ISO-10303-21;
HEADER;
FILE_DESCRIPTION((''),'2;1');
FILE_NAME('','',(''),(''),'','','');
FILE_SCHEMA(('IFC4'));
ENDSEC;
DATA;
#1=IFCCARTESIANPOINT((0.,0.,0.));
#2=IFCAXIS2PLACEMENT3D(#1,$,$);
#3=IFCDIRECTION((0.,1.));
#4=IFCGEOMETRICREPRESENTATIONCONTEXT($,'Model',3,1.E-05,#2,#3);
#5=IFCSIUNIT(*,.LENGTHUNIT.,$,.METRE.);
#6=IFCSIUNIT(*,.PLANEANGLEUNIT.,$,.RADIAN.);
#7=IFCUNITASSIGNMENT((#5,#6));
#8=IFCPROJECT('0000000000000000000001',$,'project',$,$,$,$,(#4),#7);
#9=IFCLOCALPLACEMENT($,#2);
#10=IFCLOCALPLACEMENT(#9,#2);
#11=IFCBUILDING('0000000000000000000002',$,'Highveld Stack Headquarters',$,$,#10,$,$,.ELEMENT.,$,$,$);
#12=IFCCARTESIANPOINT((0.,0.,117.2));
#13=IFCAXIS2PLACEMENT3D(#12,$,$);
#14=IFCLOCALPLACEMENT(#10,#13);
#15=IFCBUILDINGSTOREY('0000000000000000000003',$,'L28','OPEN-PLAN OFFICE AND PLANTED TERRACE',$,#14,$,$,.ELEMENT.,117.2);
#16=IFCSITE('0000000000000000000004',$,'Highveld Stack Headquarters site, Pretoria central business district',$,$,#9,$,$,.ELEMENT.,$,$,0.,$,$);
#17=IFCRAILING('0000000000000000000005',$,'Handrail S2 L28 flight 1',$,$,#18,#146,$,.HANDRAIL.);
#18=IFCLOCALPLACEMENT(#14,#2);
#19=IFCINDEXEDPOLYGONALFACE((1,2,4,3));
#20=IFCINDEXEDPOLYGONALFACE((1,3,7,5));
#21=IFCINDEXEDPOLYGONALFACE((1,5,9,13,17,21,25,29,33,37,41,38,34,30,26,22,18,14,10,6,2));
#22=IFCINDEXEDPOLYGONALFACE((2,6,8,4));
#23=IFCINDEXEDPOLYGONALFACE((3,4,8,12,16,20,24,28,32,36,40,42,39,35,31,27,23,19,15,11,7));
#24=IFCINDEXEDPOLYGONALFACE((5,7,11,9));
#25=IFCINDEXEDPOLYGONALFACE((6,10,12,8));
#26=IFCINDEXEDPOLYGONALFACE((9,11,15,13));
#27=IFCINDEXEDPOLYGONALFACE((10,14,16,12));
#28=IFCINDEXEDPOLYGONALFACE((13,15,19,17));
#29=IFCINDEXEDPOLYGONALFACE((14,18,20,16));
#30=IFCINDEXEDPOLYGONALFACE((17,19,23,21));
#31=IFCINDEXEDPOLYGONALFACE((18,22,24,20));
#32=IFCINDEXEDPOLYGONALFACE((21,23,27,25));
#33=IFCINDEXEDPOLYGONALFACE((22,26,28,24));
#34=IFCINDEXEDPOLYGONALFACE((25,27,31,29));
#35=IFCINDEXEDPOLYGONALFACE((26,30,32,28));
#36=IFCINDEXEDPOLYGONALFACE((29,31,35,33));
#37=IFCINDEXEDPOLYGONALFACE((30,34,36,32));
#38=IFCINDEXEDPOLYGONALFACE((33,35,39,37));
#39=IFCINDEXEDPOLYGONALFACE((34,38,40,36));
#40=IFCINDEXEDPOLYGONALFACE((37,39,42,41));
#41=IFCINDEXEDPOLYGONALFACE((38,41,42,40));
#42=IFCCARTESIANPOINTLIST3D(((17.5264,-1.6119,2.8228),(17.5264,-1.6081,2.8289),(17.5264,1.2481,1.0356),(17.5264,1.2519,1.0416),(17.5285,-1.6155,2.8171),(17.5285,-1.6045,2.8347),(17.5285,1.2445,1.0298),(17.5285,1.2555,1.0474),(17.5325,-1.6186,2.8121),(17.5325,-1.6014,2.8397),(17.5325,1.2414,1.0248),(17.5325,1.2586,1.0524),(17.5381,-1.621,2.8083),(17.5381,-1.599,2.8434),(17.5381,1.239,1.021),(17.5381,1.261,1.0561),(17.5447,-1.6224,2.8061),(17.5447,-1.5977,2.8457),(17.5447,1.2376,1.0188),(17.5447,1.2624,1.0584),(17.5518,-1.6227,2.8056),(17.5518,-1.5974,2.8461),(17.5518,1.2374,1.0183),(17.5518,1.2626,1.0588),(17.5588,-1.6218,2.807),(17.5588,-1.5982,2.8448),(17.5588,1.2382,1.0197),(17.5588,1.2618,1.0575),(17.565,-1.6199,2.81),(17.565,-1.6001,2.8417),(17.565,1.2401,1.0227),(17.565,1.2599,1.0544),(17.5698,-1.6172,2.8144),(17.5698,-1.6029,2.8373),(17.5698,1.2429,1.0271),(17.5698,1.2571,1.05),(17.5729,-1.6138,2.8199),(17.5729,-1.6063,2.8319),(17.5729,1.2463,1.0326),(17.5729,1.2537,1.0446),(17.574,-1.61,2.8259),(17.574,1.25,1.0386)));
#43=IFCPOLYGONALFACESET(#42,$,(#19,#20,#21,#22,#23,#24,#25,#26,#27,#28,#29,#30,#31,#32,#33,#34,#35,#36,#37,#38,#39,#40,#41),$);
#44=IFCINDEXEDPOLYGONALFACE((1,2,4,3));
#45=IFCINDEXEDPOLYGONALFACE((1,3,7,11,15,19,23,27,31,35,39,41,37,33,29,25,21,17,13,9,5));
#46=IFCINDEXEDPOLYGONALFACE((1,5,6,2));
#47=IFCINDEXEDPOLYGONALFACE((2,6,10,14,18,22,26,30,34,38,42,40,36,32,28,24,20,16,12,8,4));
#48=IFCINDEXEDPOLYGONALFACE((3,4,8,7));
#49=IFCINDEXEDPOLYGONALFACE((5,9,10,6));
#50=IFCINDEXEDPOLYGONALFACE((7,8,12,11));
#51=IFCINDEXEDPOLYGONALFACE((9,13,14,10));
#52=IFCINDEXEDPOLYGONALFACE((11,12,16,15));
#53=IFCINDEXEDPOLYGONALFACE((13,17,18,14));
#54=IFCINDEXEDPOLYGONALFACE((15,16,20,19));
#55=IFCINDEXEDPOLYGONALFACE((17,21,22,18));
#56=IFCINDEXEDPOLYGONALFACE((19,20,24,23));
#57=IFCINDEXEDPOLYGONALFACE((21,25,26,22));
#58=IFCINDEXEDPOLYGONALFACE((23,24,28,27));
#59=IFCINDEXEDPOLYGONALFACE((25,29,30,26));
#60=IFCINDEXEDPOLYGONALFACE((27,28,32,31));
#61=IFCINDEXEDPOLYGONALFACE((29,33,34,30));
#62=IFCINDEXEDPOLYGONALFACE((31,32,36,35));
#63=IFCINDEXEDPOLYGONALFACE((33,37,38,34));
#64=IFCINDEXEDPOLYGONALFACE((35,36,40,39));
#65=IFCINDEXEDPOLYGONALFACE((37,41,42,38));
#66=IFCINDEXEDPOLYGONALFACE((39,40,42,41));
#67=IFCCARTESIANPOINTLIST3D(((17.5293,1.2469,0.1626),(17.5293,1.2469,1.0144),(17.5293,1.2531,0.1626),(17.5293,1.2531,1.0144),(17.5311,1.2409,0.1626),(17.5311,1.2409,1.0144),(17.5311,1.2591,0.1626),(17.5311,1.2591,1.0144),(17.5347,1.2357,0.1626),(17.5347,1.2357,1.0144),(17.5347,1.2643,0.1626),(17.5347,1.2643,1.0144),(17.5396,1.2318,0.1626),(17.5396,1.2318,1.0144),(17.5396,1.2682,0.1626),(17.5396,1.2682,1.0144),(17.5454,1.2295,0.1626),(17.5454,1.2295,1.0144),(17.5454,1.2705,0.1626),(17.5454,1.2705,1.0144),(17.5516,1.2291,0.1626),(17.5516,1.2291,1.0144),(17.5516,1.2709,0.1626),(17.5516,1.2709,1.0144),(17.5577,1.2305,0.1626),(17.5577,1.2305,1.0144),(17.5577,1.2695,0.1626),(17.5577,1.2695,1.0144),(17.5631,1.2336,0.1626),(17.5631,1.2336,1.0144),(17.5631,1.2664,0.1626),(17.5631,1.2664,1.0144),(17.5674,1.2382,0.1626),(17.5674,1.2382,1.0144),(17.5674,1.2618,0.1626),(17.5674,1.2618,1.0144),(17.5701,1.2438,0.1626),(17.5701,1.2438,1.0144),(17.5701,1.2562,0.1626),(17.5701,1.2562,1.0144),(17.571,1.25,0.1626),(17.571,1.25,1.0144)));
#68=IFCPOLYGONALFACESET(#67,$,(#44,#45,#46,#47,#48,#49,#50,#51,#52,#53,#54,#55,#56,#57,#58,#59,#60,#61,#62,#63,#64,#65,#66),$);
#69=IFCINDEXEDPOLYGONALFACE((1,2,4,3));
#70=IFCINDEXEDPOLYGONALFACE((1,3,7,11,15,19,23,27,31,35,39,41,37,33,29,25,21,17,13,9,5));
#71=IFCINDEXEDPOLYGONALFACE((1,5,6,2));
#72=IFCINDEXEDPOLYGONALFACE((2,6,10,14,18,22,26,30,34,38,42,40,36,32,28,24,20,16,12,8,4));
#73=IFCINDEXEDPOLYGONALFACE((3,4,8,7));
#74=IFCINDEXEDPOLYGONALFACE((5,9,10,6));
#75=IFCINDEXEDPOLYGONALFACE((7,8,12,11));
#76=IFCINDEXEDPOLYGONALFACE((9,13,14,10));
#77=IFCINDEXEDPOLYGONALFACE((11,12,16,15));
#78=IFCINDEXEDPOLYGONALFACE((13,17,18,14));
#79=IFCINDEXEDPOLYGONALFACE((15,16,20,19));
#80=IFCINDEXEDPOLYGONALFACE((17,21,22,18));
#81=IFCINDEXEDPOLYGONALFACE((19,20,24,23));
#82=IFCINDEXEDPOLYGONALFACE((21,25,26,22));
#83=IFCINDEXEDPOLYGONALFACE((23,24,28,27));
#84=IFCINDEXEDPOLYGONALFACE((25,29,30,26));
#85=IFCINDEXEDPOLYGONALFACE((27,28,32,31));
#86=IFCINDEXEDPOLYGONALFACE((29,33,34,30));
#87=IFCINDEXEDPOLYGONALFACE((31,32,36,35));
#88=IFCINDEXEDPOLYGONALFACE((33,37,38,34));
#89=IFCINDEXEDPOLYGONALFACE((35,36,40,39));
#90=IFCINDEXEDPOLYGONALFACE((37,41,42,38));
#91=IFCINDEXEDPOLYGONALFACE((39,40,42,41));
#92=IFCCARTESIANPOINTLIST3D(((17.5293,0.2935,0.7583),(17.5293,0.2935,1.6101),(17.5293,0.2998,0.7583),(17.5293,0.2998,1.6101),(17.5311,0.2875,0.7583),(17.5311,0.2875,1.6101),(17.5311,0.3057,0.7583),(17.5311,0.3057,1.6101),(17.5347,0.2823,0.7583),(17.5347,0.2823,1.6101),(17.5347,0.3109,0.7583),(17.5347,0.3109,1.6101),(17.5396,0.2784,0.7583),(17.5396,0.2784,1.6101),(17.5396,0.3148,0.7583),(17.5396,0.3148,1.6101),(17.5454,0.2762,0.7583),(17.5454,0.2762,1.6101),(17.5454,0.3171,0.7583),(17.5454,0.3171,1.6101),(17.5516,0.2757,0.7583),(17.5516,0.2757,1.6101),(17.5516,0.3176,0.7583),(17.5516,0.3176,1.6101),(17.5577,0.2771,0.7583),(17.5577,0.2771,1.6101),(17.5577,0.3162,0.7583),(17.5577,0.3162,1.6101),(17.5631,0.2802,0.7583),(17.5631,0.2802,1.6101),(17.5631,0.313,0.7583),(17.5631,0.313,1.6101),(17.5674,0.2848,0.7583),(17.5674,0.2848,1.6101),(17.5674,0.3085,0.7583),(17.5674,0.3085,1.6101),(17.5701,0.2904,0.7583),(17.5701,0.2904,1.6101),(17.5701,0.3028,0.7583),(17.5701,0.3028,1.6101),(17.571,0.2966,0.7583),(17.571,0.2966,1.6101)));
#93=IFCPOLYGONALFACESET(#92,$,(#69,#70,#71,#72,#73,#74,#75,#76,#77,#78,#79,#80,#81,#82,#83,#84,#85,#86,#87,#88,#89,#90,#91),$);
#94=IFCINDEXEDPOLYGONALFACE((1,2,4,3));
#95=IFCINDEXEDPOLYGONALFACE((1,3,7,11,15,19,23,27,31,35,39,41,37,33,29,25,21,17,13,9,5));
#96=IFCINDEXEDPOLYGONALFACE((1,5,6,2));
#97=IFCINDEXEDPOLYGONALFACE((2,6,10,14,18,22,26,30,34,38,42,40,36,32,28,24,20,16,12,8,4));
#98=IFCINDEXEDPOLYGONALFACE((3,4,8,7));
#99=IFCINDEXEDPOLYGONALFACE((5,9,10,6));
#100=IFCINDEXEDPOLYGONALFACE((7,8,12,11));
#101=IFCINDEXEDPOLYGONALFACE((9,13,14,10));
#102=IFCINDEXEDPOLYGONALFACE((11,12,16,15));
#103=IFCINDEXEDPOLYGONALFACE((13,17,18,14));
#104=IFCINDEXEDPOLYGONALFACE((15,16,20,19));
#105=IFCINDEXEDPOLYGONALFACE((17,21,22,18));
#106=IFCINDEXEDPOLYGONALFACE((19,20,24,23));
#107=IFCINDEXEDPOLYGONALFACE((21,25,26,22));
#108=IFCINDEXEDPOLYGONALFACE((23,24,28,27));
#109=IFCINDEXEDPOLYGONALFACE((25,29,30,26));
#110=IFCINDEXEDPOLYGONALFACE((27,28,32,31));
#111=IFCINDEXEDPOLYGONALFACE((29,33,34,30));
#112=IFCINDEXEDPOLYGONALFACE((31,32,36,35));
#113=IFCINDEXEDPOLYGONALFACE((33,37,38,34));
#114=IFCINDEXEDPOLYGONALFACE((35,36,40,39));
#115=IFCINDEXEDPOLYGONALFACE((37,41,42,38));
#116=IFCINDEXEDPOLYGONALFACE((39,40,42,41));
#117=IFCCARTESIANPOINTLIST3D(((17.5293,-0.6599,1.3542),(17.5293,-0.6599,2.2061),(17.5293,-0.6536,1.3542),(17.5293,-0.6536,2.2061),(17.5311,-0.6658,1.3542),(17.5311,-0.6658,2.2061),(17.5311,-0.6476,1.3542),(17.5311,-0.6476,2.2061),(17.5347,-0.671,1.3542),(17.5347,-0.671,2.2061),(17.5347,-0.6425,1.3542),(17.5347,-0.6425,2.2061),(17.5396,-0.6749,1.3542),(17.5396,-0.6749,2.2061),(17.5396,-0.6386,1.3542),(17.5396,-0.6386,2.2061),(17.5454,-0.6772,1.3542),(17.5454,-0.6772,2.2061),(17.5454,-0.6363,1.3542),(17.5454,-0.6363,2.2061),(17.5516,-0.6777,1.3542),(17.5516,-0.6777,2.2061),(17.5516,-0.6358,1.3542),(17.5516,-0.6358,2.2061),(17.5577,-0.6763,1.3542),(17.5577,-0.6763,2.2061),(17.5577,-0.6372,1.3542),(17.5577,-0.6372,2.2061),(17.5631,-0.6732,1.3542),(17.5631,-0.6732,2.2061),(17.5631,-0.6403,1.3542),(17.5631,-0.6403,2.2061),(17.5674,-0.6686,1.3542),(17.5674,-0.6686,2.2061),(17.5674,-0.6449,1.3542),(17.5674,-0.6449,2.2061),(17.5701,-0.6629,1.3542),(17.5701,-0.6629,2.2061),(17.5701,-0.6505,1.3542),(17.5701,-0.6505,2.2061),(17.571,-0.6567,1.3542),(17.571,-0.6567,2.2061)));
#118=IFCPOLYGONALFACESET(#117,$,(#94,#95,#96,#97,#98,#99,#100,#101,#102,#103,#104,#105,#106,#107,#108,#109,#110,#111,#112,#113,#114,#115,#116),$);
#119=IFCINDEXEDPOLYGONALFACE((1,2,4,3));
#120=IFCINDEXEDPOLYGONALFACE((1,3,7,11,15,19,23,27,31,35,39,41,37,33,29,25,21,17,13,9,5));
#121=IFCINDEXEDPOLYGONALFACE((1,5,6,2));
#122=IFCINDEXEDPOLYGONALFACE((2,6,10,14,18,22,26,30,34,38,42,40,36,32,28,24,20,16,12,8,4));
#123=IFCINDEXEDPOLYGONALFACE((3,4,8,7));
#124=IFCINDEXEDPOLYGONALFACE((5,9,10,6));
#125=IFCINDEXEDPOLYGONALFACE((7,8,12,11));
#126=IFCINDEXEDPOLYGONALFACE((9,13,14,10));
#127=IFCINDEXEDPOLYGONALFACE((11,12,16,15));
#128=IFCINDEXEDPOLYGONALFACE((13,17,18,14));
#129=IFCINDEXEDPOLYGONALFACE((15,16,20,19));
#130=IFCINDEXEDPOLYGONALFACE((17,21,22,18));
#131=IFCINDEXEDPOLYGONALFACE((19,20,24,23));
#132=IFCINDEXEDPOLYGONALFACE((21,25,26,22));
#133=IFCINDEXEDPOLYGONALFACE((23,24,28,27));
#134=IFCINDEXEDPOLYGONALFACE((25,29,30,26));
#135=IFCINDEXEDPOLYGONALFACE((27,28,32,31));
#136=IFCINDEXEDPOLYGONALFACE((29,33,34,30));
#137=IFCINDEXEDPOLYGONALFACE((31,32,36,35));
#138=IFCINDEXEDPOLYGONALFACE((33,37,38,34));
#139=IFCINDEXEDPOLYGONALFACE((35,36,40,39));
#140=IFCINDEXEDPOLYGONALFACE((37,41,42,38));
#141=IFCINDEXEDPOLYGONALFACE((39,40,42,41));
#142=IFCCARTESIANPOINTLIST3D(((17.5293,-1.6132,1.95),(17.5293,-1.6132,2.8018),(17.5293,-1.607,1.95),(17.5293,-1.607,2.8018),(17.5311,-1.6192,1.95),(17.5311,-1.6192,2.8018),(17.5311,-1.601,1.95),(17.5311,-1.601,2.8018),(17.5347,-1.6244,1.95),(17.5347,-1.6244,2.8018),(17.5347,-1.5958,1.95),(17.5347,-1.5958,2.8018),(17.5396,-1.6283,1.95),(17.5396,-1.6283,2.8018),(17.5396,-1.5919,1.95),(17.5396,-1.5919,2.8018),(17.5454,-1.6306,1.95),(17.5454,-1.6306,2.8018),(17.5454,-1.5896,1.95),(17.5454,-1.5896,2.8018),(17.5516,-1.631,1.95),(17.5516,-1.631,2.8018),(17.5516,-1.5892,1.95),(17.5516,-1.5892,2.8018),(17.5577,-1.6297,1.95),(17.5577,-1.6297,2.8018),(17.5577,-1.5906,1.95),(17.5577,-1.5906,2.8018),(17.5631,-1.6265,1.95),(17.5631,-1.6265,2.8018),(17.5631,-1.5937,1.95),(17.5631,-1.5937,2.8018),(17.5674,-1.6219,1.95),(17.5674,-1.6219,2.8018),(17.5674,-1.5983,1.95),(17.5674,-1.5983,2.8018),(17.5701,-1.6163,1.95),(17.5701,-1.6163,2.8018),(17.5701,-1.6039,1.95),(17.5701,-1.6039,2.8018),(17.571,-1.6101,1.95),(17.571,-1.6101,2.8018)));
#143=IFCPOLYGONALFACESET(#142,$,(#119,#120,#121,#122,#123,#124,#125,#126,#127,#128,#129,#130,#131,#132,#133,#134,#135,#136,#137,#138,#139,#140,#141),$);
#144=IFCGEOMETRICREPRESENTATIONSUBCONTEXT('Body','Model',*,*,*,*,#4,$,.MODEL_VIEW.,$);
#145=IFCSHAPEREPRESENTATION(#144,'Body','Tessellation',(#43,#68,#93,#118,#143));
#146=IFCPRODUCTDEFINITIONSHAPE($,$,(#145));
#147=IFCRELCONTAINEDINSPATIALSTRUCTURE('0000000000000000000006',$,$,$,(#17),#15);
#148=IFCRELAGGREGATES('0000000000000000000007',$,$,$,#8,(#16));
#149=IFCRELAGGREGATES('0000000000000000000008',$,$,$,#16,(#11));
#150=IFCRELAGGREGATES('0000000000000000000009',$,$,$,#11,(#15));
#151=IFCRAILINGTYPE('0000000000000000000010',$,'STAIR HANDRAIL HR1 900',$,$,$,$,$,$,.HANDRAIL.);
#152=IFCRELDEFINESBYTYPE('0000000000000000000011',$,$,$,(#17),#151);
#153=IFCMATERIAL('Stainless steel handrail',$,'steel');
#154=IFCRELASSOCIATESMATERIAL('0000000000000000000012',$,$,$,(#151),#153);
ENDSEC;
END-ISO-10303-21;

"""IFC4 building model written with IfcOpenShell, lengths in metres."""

from ifc_helpers import new_model, si_unit, direction, frame, origin, origin_2d, place, context, subcontext, project, spatial, circle, extrude, material, type_object, element, save


model = new_model("IFC4")

# Units and contexts
model_context = context("Model", 3, precision=1e-05, world=origin(), true_north=direction((0.0, 1.0)))
body_context = subcontext(model_context, "Body", "Model", "MODEL_VIEW")
ifc_project = project(units=[si_unit("LENGTHUNIT", "METRE"), si_unit("PLANEANGLEUNIT", "RADIAN")], contexts=[model_context])

# Site, building, storey
site_placement = place(None, origin())
site = spatial("IfcSite", under=ifc_project, at=site_placement, Name="Highveld Stack Headquarters site, Pretoria central business district", CompositionType="ELEMENT", RefElevation=0.0)
building_placement = place(site_placement, origin())
building = spatial("IfcBuilding", under=site, at=building_placement, Name="Highveld Stack Headquarters", CompositionType="ELEMENT")
storey_placement = place(building_placement, frame((0.0, 0.0, 117.2)))
storey = spatial("IfcBuildingStorey", under=building, at=storey_placement, Name="L28", Description="OPEN-PLAN OFFICE AND PLANTED TERRACE", CompositionType="ELEMENT", Elevation=117.2)

# Railing
ifc_material_1 = material(Name="Stainless steel handrail", Category="steel")
railing_type = type_object("IfcRailingType", Name="STAIR HANDRAIL HR1 900", PredefinedType="HANDRAIL", material=ifc_material_1)
for number, where, name in (
    (1, (17.55, 1.25, 0.1626), "Handrail S2 L28 flight 1"),
):
    element("IfcRailing", number, at=place(storey_placement, frame(where)), inside=storey, type_object=railing_type, Name=name, PredefinedType="HANDRAIL", context=body_context, shape_type="SweptSolid", body=[
        extrude(circle(Radius=0.0239, at=origin_2d()), frame((0.0, 0.0, 0.876), z_axis=(0.0, -0.848027, 0.529953), x_axis=(1.0, 0.0, 0.0)), (0.0, 0.0, 1.0), 3.3726),
        extrude(circle(Radius=0.021, at=origin_2d()), origin(), (0.0, 0.0, 1.0), 0.8518),
        extrude(circle(Radius=0.021, at=origin_2d()), frame((0.0, -0.9534, 0.5957)), (0.0, 0.0, 1.0), 0.8518),
        extrude(circle(Radius=0.021, at=origin_2d()), frame((0.0, -1.9067, 1.1917)), (0.0, 0.0, 1.0), 0.8518),
        extrude(circle(Radius=0.021, at=origin_2d()), frame((0.0, -2.8601, 1.7874)), (0.0, 0.0, 1.0), 0.8518),
    ])

save(model, "model.ifc")
